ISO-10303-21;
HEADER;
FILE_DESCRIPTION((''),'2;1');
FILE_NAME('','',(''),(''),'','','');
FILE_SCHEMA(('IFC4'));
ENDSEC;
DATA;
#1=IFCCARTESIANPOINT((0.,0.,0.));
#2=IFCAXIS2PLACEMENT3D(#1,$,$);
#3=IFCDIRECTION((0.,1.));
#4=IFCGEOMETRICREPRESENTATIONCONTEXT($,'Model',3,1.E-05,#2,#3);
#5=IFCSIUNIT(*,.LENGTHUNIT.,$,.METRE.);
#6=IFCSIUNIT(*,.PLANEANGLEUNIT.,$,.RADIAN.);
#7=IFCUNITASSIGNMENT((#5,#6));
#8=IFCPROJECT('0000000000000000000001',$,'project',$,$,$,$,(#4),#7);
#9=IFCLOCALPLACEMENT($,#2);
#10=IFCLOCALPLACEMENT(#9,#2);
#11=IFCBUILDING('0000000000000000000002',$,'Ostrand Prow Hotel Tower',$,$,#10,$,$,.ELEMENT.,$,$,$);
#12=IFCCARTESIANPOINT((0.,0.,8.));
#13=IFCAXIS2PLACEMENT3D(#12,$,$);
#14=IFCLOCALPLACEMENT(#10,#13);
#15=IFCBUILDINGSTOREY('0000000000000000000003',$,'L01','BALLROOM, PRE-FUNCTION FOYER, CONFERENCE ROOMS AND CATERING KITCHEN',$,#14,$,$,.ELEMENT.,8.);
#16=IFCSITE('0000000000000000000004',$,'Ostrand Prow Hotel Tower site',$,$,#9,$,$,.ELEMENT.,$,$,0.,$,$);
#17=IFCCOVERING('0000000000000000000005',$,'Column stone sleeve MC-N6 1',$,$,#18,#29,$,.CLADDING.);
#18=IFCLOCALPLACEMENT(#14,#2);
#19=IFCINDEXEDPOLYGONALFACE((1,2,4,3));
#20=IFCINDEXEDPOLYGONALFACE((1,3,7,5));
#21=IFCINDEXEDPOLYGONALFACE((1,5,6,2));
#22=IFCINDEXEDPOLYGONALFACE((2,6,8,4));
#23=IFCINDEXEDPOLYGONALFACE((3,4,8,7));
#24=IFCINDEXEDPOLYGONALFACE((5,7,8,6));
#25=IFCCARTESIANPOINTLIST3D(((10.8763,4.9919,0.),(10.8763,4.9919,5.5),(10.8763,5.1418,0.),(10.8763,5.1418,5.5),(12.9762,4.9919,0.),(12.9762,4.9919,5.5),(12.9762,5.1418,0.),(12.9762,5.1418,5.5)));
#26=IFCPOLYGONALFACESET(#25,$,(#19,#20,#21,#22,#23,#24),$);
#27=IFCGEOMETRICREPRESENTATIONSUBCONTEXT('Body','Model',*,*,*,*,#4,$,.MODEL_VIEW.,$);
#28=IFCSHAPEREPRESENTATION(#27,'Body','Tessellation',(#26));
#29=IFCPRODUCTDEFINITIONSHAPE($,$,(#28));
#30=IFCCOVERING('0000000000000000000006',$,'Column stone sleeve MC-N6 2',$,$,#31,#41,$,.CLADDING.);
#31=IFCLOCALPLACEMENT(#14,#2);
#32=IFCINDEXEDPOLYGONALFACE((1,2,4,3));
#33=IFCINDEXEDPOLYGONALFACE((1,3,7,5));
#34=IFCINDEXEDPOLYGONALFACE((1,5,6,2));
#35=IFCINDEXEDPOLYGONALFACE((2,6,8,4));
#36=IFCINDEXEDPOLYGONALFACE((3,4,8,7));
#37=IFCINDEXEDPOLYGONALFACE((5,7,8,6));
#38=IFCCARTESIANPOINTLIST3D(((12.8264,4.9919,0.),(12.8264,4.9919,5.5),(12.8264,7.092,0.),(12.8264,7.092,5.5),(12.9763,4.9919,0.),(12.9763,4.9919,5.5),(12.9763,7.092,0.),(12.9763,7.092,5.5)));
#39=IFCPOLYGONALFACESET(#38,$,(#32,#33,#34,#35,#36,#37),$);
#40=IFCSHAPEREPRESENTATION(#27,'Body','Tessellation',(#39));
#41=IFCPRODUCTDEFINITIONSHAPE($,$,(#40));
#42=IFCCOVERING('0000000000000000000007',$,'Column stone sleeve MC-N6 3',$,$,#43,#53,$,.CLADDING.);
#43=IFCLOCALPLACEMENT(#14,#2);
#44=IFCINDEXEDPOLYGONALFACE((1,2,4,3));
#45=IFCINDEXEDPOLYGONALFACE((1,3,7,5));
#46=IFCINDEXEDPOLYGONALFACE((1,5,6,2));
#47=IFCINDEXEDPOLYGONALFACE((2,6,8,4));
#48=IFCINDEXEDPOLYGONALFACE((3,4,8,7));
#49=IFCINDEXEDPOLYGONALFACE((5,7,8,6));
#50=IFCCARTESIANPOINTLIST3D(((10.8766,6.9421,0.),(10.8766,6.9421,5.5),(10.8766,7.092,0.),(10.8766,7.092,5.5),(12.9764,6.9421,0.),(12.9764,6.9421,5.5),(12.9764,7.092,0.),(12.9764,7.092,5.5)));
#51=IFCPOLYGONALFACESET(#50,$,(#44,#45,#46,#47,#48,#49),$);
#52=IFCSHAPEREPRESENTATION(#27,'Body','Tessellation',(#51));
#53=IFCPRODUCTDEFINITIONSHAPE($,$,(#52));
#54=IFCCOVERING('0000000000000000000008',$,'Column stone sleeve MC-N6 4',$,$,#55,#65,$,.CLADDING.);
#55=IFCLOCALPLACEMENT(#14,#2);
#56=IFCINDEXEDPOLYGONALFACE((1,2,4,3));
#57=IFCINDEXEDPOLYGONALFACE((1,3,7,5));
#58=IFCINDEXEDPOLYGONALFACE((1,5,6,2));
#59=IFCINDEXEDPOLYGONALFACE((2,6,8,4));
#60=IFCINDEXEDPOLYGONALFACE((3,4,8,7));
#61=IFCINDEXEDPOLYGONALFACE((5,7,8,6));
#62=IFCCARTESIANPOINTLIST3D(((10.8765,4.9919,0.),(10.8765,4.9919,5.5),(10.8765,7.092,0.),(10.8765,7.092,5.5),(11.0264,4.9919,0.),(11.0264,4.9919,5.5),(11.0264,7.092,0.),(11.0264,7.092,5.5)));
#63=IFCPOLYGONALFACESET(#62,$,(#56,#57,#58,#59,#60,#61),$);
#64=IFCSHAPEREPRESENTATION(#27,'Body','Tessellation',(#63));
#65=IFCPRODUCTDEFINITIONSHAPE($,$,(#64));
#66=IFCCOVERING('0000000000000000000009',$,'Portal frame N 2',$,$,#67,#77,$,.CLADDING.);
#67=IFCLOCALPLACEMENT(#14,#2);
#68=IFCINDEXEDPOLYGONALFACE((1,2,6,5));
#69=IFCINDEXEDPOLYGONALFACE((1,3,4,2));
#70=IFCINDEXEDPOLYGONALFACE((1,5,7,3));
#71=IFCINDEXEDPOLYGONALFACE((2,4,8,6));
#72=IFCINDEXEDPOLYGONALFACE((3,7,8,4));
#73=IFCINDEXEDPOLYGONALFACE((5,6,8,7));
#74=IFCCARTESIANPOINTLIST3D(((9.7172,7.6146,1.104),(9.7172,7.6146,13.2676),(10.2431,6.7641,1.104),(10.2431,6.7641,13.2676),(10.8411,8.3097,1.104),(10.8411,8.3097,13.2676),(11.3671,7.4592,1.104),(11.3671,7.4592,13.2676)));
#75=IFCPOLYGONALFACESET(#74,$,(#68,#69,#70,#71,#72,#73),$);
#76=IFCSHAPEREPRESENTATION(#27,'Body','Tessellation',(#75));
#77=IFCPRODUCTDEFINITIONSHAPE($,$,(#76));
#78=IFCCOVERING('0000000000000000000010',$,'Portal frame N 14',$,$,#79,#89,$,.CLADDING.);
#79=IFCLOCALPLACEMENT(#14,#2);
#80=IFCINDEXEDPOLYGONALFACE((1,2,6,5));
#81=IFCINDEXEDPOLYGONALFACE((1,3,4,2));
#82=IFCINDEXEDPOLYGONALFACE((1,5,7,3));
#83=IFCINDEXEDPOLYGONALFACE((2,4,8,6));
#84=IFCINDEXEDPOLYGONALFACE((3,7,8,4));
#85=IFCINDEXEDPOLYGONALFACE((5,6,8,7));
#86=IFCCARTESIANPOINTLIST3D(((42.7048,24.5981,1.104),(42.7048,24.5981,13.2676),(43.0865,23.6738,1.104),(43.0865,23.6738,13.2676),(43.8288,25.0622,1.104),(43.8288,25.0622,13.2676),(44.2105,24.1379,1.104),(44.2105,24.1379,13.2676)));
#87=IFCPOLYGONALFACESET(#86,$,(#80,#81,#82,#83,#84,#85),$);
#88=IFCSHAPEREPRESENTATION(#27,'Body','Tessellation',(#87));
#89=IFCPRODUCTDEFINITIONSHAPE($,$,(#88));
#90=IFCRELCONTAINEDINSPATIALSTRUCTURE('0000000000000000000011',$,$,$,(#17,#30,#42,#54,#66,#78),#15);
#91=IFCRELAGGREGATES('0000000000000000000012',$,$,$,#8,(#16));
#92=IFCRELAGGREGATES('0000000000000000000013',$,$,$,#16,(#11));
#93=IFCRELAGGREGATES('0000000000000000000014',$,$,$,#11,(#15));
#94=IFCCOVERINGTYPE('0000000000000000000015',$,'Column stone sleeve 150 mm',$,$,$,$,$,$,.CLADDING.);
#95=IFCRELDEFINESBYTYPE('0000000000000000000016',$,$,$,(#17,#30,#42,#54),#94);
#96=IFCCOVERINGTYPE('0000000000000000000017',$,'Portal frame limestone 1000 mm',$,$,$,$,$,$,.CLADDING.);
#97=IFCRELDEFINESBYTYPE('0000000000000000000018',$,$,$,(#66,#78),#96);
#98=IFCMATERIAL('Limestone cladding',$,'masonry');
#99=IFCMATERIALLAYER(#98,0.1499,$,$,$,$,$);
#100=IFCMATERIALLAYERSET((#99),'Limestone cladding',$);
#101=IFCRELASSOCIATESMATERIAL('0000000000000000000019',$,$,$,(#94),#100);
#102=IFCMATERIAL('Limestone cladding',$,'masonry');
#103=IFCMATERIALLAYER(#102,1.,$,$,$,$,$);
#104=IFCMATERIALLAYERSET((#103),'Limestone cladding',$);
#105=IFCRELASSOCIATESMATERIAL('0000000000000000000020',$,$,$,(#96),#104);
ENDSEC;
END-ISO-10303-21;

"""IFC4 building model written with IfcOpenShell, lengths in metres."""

from ifc_helpers import new_model, si_unit, direction, frame, frame_2d, origin, place, context, subcontext, project, spatial, rectangle, extrude, material, layer, layer_set, type_object, element, save


model = new_model("IFC4")

# Units and contexts
model_context = context("Model", 3, precision=1e-05, world=origin(), true_north=direction((0.0, 1.0)))
body_context = subcontext(model_context, "Body", "Model", "MODEL_VIEW")
ifc_project = project(units=[si_unit("LENGTHUNIT", "METRE"), si_unit("PLANEANGLEUNIT", "RADIAN")], contexts=[model_context])

# Site, building, storey
site_placement = place(None, origin())
site = spatial("IfcSite", under=ifc_project, at=site_placement, Name="Ostrand Prow Hotel Tower site", CompositionType="ELEMENT", RefElevation=0.0)
building_placement = place(site_placement, origin())
building = spatial("IfcBuilding", under=site, at=building_placement, Name="Ostrand Prow Hotel Tower", CompositionType="ELEMENT")
storey_placement = place(building_placement, frame((0.0, 0.0, 8.0)))
storey = spatial("IfcBuildingStorey", under=building, at=storey_placement, Name="L01", Description="BALLROOM, PRE-FUNCTION FOYER, CONFERENCE ROOMS AND CATERING KITCHEN", CompositionType="ELEMENT", Elevation=8.0)

# Coverings
ifc_material_1 = material(Name="Limestone cladding", Category="masonry")
ifc_layer_1 = layer(ifc_material_1, 0.1499)
ifc_layer_set_1 = layer_set([ifc_layer_1], Name="Limestone cladding")
covering_type_1 = type_object("IfcCoveringType", Name="Column stone sleeve 150 mm", PredefinedType="CLADDING", material=ifc_layer_set_1)
covering_1_placement = place(storey_placement, frame((10.8765, 5.0669, 0.0), z_axis=(0.0, 0.0, 1.0), x_axis=(1.0, 0.0, 0.0)))
element("IfcCovering", 1, at=covering_1_placement, inside=storey, type_object=covering_type_1, Name="Column stone sleeve MC-N6 1", PredefinedType="CLADDING", context=body_context, shape_type="SweptSolid", body=[
    extrude(rectangle(XDim=2.0999, YDim=0.1499, at=frame_2d((1.0498, 0.0))), origin(), (0.0, 0.0, 1.0), 5.5),
])
covering_2_placement = place(storey_placement, frame((12.9014, 4.9919, 0.0), z_axis=(0.0, 0.0, 1.0), x_axis=(0.0, 1.0, 0.0)))
element("IfcCovering", 2, at=covering_2_placement, inside=storey, type_object=covering_type_1, Name="Column stone sleeve MC-N6 2", PredefinedType="CLADDING", context=body_context, shape_type="SweptSolid", body=[
    extrude(rectangle(XDim=2.1001, YDim=0.1499, at=frame_2d((1.05, 0.0))), origin(), (0.0, 0.0, 1.0), 5.5),
])
covering_3_placement = place(storey_placement, frame((12.9763, 7.0171, 0.0), z_axis=(0.0, 0.0, 1.0), x_axis=(-1.0, 0.0, 0.0)))
element("IfcCovering", 3, at=covering_3_placement, inside=storey, type_object=covering_type_1, Name="Column stone sleeve MC-N6 3", PredefinedType="CLADDING", context=body_context, shape_type="SweptSolid", body=[
    extrude(rectangle(XDim=2.0999, YDim=0.1499, at=frame_2d((1.0498, 0.0))), origin(), (0.0, 0.0, 1.0), 5.5),
])
covering_4_placement = place(storey_placement, frame((10.9514, 7.092, 0.0), z_axis=(0.0, 0.0, 1.0), x_axis=(0.0, -1.0, 0.0)))
element("IfcCovering", 4, at=covering_4_placement, inside=storey, type_object=covering_type_1, Name="Column stone sleeve MC-N6 4", PredefinedType="CLADDING", context=body_context, shape_type="SweptSolid", body=[
    extrude(rectangle(XDim=2.1001, YDim=0.1499, at=frame_2d((1.05, 0.0))), origin(), (0.0, 0.0, 1.0), 5.5),
])
ifc_material_2 = material(Name="Limestone cladding", Category="masonry")
ifc_layer_2 = layer(ifc_material_2, 1.0)
ifc_layer_set_2 = layer_set([ifc_layer_2], Name="Limestone cladding")
covering_type_2 = type_object("IfcCoveringType", Name="Portal frame limestone 1000 mm", PredefinedType="CLADDING", material=ifc_layer_set_2)
covering_5_placement = place(storey_placement, frame((9.9802, 7.1895, 1.104), z_axis=(0.0, 0.0, 1.0), x_axis=(0.850521, 0.525941, 0.0)))
element("IfcCovering", 5, at=covering_5_placement, inside=storey, type_object=covering_type_2, Name="Portal frame N 2", PredefinedType="CLADDING", context=body_context, shape_type="SweptSolid", body=[
    extrude(rectangle(XDim=1.3215, YDim=1.0, at=frame_2d((0.6606, 0.0))), origin(), (0.0, 0.0, 1.0), 12.1636),
])
covering_6_placement = place(storey_placement, frame((42.8958, 24.136, 1.104), z_axis=(0.0, 0.0, 1.0), x_axis=(0.924308, 0.381648, 0.0)))
element("IfcCovering", 6, at=covering_6_placement, inside=storey, type_object=covering_type_2, Name="Portal frame N 14", PredefinedType="CLADDING", context=body_context, shape_type="SweptSolid", body=[
    extrude(rectangle(XDim=1.2161, YDim=1.0, at=frame_2d((0.6079, 0.0))), origin(), (0.0, 0.0, 1.0), 12.1636),
])

save(model, "model.ifc")
